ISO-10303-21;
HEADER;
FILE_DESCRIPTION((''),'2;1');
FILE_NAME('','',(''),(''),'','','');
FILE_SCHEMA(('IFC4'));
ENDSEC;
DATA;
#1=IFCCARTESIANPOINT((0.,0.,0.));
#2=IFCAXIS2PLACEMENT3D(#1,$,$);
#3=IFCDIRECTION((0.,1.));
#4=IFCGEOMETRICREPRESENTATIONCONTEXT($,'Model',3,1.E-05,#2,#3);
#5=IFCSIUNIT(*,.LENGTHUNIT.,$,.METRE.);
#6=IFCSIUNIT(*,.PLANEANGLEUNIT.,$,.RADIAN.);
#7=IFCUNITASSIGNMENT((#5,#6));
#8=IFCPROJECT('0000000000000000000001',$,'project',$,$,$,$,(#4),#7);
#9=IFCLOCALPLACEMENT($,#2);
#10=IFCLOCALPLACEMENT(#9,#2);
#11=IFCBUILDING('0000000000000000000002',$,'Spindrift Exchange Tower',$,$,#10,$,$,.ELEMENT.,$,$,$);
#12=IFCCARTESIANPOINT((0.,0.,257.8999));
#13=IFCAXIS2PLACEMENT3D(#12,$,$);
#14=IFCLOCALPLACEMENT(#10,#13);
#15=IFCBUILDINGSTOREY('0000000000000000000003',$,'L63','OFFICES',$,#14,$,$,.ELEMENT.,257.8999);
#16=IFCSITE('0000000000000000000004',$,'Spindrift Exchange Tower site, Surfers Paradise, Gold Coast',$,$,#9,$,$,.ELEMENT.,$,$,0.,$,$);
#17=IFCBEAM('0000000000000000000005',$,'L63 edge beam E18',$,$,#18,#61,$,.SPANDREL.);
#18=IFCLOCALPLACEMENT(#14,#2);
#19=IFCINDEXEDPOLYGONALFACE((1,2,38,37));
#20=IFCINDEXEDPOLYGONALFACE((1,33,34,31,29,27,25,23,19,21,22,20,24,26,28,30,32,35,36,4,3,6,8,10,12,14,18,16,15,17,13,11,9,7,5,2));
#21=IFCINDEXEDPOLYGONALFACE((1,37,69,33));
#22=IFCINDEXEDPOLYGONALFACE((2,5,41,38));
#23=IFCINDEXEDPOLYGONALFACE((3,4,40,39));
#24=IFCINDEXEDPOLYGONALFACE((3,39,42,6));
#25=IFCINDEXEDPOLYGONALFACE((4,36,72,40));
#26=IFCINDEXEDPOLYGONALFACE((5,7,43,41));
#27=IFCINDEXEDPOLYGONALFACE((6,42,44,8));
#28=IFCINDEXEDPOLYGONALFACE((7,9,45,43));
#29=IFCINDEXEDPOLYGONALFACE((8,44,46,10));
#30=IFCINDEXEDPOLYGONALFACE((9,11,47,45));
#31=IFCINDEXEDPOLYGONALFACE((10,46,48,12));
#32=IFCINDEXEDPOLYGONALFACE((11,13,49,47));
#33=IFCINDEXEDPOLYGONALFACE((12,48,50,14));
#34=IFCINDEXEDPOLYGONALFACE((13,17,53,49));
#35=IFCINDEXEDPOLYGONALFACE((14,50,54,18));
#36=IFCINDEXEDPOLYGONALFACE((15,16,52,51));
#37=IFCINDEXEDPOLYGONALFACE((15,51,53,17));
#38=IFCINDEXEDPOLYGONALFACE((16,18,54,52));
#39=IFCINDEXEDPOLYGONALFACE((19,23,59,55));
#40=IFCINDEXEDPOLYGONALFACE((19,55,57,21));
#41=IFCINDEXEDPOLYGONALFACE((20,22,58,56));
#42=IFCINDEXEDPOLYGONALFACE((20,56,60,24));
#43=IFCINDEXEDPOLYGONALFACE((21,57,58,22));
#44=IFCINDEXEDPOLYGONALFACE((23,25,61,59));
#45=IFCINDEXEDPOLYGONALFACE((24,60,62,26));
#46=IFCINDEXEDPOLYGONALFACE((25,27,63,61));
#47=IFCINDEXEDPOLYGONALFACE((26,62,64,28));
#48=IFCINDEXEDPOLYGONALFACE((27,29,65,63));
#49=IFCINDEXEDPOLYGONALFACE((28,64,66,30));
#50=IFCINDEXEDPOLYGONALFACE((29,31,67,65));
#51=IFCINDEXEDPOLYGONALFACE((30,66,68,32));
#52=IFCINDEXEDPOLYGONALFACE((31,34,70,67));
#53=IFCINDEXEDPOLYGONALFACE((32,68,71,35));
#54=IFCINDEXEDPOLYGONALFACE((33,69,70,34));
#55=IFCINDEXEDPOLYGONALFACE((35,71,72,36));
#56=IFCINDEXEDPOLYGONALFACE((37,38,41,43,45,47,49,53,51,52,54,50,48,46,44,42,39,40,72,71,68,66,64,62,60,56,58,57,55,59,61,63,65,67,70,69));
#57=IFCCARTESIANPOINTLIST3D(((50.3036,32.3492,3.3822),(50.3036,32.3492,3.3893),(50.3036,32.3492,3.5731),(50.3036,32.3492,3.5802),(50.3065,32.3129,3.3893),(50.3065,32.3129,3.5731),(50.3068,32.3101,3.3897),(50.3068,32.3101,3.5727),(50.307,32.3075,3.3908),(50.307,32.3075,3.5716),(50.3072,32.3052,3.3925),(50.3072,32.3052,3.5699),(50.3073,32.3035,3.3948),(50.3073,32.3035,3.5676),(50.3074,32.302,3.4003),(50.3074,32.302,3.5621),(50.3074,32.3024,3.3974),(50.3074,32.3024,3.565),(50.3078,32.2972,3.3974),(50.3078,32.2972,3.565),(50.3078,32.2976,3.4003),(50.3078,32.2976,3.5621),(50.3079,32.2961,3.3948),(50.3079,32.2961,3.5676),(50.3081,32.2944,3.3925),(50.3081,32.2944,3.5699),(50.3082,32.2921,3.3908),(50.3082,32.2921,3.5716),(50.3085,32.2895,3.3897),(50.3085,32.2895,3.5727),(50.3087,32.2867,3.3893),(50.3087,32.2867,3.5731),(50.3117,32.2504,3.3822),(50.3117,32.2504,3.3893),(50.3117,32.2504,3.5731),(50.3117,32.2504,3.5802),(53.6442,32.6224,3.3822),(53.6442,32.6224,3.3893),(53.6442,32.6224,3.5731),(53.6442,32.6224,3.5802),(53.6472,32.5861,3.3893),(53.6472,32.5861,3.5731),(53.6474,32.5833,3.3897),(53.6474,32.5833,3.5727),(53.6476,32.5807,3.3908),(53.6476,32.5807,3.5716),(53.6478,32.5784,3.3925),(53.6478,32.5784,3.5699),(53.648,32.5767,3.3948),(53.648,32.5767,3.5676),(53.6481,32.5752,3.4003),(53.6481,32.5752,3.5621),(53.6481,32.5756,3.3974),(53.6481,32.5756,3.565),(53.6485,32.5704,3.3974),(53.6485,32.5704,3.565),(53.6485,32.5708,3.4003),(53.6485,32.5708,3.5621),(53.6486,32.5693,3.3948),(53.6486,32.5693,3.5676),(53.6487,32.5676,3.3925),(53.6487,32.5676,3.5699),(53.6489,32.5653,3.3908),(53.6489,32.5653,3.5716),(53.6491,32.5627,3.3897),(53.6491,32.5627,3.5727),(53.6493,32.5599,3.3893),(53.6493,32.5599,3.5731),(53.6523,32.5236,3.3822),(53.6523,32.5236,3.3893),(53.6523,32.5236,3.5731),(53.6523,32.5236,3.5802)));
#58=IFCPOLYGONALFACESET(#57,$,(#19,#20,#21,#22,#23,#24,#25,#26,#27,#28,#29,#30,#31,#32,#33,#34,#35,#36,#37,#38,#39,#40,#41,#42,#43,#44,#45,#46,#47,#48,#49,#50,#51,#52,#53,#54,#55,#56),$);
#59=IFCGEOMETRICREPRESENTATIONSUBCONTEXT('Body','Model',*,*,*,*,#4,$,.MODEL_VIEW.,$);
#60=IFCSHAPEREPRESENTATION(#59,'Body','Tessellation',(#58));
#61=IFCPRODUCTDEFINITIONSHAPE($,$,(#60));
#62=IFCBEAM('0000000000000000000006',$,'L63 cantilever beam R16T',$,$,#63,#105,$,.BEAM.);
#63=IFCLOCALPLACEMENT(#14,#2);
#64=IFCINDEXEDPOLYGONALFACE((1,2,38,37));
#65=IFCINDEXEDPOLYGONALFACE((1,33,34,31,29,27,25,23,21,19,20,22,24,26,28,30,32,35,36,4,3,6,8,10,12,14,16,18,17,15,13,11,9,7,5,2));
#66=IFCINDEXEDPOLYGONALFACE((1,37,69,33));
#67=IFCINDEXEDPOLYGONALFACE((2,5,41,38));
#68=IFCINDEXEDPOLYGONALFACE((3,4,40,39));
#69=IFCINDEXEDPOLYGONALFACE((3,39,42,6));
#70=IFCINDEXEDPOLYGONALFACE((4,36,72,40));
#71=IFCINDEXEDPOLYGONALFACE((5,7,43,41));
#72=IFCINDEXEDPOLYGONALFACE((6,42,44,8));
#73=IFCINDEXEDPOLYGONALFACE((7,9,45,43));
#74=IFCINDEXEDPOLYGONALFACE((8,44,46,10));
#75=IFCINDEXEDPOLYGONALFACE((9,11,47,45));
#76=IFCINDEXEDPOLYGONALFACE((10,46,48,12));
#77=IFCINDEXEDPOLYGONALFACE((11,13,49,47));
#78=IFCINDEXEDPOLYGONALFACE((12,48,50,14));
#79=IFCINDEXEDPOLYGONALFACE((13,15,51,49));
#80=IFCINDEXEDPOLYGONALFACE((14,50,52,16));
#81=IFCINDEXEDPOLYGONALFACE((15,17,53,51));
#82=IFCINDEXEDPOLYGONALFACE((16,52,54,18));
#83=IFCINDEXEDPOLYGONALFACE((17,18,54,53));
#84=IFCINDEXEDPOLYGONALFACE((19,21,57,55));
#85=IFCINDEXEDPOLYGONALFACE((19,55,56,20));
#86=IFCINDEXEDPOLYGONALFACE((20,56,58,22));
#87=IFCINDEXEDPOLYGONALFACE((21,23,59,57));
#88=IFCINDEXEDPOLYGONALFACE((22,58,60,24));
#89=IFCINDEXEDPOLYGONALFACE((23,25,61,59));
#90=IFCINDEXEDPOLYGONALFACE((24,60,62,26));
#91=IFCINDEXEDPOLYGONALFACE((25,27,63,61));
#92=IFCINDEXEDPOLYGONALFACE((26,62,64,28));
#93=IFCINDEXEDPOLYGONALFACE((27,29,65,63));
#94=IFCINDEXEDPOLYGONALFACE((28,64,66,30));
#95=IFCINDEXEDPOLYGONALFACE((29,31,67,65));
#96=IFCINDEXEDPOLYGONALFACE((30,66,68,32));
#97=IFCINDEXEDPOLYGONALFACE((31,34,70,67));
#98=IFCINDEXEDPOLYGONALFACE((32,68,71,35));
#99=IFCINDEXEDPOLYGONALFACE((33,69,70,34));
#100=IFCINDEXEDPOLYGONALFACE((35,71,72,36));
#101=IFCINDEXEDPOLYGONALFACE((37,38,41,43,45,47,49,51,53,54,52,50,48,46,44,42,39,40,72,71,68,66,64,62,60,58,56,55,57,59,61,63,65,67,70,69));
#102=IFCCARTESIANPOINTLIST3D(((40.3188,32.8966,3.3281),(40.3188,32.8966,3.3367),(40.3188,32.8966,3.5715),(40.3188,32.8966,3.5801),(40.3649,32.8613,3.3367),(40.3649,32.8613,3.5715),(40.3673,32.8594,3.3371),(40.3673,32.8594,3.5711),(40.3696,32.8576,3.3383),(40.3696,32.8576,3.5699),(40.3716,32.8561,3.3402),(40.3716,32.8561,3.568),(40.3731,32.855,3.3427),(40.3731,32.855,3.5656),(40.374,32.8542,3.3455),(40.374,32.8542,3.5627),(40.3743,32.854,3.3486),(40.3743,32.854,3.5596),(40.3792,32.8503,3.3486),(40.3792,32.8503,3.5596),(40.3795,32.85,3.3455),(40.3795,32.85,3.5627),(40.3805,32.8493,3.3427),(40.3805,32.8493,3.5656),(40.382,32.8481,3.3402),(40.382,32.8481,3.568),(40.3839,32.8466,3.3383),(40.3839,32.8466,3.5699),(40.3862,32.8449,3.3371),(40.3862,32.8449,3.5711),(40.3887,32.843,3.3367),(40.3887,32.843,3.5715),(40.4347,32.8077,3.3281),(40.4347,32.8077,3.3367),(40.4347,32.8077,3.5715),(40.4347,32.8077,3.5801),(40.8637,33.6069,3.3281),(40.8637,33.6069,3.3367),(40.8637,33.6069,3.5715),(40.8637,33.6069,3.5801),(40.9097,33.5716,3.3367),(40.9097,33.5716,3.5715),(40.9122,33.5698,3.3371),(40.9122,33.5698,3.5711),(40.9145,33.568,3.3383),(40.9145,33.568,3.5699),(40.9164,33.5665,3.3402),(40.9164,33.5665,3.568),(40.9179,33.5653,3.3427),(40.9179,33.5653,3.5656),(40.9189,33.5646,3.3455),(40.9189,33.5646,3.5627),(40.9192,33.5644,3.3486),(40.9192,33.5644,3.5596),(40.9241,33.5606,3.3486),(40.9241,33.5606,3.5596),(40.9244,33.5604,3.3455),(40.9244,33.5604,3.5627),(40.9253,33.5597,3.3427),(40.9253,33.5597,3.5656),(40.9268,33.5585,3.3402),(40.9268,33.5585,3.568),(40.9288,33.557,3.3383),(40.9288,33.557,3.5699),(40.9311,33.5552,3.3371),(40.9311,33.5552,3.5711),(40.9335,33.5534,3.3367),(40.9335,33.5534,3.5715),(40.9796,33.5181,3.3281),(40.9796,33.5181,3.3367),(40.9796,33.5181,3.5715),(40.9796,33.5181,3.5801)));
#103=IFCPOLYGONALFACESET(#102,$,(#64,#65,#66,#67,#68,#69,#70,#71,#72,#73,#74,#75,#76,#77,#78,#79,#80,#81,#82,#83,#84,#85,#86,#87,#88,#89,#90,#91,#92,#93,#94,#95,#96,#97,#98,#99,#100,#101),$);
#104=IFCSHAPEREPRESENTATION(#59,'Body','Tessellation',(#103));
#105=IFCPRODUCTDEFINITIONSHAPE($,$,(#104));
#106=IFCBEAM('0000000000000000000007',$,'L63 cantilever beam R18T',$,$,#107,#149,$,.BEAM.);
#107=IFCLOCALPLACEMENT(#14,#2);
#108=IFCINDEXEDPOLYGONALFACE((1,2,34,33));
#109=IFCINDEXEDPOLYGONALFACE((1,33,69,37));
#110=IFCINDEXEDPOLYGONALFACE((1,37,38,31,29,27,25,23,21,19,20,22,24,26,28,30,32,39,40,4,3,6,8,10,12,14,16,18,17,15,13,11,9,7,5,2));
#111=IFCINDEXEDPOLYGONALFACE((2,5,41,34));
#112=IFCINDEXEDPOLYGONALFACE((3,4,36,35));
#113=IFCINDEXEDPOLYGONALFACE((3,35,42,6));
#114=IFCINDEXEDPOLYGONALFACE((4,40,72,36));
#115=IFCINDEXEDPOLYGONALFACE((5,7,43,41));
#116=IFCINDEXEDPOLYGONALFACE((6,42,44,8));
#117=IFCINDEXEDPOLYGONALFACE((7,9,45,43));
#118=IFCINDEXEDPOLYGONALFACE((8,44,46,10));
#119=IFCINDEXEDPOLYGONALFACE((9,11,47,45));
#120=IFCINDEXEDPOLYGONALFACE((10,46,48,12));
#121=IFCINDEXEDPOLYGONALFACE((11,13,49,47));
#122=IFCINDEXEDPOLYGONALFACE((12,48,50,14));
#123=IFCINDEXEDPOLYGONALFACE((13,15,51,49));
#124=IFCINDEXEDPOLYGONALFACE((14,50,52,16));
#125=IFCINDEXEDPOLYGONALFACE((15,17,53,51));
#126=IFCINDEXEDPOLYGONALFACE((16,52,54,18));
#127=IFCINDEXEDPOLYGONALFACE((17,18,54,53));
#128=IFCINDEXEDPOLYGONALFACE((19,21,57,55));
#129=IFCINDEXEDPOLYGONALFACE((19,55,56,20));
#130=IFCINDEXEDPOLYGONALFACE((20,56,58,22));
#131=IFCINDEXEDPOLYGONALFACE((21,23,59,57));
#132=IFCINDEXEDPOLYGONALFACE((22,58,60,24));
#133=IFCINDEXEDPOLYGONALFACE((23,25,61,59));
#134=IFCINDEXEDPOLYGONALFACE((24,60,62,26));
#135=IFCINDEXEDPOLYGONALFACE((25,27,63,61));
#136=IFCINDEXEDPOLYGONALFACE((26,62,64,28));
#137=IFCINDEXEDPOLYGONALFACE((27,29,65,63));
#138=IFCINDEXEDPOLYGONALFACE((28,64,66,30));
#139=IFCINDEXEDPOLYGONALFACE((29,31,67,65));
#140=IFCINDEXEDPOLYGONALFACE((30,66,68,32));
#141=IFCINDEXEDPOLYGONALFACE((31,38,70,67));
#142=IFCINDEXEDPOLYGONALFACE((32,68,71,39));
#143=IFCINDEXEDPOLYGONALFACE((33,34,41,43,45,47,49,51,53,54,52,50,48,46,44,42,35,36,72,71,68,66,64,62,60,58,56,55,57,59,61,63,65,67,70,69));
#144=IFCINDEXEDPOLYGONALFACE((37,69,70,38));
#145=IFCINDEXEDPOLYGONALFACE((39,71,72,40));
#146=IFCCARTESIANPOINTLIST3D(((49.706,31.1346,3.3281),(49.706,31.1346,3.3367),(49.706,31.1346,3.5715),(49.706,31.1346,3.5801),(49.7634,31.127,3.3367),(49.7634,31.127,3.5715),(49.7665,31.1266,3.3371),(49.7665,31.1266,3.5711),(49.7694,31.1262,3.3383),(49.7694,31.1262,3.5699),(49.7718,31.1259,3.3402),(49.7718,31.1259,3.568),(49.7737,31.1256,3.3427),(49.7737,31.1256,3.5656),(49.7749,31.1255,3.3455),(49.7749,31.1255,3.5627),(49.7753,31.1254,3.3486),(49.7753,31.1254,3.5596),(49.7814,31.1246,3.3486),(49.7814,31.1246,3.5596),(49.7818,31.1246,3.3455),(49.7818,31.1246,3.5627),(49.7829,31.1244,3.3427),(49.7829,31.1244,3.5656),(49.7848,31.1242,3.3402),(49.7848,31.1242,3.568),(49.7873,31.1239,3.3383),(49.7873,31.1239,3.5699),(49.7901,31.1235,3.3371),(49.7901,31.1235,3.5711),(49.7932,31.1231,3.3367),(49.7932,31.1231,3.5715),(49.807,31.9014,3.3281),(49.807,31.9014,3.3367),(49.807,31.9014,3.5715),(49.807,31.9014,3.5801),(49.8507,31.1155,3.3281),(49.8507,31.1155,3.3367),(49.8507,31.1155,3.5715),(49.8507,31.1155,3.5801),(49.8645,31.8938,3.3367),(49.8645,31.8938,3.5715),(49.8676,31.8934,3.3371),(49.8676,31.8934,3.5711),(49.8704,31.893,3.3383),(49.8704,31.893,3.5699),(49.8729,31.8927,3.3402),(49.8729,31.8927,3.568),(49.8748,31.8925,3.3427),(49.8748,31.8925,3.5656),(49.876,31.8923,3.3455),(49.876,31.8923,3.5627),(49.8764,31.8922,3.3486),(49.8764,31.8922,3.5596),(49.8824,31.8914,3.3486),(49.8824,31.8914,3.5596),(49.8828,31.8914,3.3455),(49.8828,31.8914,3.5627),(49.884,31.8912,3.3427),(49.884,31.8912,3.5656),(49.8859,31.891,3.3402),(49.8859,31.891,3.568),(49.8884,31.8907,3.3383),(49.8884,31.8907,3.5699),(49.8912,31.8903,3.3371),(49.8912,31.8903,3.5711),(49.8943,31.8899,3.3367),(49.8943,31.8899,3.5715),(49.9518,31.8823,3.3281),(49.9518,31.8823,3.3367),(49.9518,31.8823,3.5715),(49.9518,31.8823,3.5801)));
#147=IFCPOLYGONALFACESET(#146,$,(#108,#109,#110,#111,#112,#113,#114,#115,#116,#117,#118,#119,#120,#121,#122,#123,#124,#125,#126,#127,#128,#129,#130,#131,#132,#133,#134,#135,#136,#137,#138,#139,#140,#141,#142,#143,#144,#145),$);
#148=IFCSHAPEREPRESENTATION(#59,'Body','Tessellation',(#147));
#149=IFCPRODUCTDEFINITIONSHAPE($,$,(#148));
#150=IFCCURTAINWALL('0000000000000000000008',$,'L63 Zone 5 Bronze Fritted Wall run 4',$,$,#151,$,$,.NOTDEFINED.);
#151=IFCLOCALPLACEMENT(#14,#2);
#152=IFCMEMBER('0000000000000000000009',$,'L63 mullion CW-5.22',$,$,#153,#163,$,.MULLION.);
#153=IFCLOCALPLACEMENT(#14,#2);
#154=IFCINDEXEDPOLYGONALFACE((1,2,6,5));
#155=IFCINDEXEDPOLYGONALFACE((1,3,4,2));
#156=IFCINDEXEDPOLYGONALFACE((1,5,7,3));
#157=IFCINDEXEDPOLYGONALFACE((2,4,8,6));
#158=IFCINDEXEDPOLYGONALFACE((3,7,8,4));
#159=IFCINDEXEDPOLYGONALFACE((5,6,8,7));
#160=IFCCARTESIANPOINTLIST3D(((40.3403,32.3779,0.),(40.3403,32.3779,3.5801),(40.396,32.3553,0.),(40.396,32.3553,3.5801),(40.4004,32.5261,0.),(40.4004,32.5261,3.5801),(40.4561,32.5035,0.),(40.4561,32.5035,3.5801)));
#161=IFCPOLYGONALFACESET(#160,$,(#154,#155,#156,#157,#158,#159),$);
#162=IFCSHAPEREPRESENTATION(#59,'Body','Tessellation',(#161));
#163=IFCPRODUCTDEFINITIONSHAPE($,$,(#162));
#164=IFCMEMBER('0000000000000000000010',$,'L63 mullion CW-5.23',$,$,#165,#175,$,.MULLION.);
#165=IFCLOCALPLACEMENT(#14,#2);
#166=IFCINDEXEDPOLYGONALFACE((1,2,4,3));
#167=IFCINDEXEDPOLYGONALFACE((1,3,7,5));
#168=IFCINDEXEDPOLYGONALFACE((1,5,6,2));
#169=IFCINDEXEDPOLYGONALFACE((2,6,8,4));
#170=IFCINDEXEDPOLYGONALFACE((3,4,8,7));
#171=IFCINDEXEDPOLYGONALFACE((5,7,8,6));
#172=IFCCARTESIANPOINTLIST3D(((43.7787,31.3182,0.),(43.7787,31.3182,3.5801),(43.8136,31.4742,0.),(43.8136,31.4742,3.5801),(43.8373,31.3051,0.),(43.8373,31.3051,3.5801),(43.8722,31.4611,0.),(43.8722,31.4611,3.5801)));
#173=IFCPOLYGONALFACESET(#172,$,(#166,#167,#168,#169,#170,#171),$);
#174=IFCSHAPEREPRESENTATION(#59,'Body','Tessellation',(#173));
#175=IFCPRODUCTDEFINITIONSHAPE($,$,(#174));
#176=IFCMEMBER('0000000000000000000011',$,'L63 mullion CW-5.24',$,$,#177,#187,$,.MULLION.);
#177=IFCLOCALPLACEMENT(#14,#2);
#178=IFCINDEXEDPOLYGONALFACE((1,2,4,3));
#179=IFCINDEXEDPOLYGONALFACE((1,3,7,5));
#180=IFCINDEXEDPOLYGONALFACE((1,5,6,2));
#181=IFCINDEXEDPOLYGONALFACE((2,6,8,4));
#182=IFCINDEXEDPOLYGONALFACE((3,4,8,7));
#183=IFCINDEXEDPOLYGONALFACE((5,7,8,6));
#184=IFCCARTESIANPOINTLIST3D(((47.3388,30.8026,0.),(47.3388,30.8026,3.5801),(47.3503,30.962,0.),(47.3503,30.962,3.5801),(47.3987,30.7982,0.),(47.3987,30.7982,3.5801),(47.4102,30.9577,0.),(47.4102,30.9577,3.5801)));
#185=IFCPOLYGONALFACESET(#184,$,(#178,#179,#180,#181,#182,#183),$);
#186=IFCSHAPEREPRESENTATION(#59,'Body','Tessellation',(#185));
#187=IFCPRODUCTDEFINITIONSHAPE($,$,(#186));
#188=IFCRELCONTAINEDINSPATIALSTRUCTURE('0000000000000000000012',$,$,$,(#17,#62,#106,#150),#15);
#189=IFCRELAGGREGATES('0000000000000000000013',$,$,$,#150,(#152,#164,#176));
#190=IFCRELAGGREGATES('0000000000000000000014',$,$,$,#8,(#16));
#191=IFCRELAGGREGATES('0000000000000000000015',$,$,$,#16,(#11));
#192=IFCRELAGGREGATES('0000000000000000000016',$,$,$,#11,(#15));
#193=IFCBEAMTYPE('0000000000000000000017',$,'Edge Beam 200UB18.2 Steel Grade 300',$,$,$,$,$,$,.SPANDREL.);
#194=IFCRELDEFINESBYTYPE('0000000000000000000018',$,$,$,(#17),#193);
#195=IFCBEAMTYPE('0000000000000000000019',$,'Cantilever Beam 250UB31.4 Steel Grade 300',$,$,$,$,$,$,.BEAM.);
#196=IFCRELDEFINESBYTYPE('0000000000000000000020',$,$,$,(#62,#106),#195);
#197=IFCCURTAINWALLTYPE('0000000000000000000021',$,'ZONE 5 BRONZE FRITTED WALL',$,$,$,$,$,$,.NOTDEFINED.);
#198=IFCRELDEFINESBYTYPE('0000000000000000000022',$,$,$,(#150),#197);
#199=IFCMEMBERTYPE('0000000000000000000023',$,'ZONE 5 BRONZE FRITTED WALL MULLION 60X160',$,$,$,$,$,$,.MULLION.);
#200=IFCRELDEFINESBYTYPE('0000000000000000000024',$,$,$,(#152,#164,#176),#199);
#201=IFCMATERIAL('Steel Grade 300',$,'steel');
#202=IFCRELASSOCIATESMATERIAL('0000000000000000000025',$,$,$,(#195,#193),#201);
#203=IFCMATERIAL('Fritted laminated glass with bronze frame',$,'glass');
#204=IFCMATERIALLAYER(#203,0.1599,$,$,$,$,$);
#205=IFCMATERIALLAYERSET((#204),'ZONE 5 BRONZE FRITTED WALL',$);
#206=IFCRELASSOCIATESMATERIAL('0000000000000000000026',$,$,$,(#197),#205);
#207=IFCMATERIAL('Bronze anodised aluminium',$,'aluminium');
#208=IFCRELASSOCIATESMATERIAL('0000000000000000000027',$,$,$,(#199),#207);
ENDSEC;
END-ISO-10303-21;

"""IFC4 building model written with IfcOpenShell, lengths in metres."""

from ifc_helpers import new_model, si_unit, direction, frame, origin, origin_2d, place, context, subcontext, project, spatial, rectangle, i_section, extrude, source, transform, mapped, material, layer, layer_set, material_profile, profile_set, type_object, element, aggregate, save


model = new_model("IFC4")

# Units and contexts
model_context = context("Model", 3, precision=1e-05, world=origin(), true_north=direction((0.0, 1.0)))
body_context = subcontext(model_context, "Body", "Model", "MODEL_VIEW")
ifc_project = project(units=[si_unit("LENGTHUNIT", "METRE"), si_unit("PLANEANGLEUNIT", "RADIAN")], contexts=[model_context])

# Site, building, storey
site_placement = place(None, origin())
site = spatial("IfcSite", under=ifc_project, at=site_placement, Name="Spindrift Exchange Tower site, Surfers Paradise, Gold Coast", CompositionType="ELEMENT", RefElevation=0.0)
building_placement = place(site_placement, origin())
building = spatial("IfcBuilding", under=site, at=building_placement, Name="Spindrift Exchange Tower", CompositionType="ELEMENT")
storey_placement = place(building_placement, frame((0.0, 0.0, 257.8999)))
storey = spatial("IfcBuildingStorey", under=building, at=storey_placement, Name="L63", Description="OFFICES", CompositionType="ELEMENT", Elevation=257.8999)

# Beams
ifc_material_1 = material(Name="Steel Grade 300", Category="steel")
ifc_material_profile_1 = material_profile(ifc_material_1, i_section(OverallWidth=0.146, OverallDepth=0.252, WebThickness=0.0061, FlangeThickness=0.0085, FilletRadius=0.012, at=origin_2d()), Name="250UB31.4")
ifc_profile_set_1 = profile_set([ifc_material_profile_1], Name="Steel Grade 300")
beam_type_1 = type_object("IfcBeamType", Name="Cantilever Beam 250UB31.4 Steel Grade 300", PredefinedType="BEAM", material=ifc_profile_set_1)
ifc_material_profile_2 = material_profile(ifc_material_1, i_section(OverallWidth=0.0991, OverallDepth=0.198, WebThickness=0.0044, FlangeThickness=0.0071, FilletRadius=0.011, at=origin_2d()), Name="200UB18.2")
ifc_profile_set_2 = profile_set([ifc_material_profile_2], Name="Steel Grade 300")
beam_type_2 = type_object("IfcBeamType", Name="Edge Beam 200UB18.2 Steel Grade 300", PredefinedType="SPANDREL", material=ifc_profile_set_2)
shared_shape_1 = source(origin(), body_context, "Body", "SweptSolid", [
    extrude(i_section(OverallWidth=0.0991, OverallDepth=0.198, WebThickness=0.0044, FlangeThickness=0.0071, FilletRadius=0.011, at=origin_2d()), origin(), (0.0, 0.0, 1.0), 3.3518),
])
beam_1_placement = place(storey_placement, frame((50.3076, 32.2998, 3.4812), z_axis=(0.996673, 0.081508, 0.0), x_axis=(-0.081508, 0.996673, 0.0)))
element("IfcBeam", 1, at=beam_1_placement, inside=storey, type_object=beam_type_2, Name="L63 edge beam E18", PredefinedType="SPANDREL", context=body_context, shape_type="MappedRepresentation", body=[
    mapped(shared_shape_1, transform((0.0, 0.0, 0.0), scale=1.0)),
])
shared_shape_2 = source(origin(), body_context, "Body", "SweptSolid", [
    extrude(i_section(OverallWidth=0.146, OverallDepth=0.252, WebThickness=0.0061, FlangeThickness=0.0085, FilletRadius=0.012, at=origin_2d()), origin(), (0.0, 0.0, 1.0), 0.8953),
])
beam_2_placement = place(storey_placement, frame((40.9216, 33.5625, 3.4541), z_axis=(-0.608603, -0.793475, 0.0), x_axis=(0.793475, -0.608603, 0.0)))
element("IfcBeam", 2, at=beam_2_placement, inside=storey, type_object=beam_type_1, Name="L63 cantilever beam R16T", PredefinedType="BEAM", context=body_context, shape_type="MappedRepresentation", body=[
    mapped(shared_shape_2, transform((0.0, 0.0, 0.0), scale=1.0)),
])
shared_shape_3 = source(origin(), body_context, "Body", "SweptSolid", [
    extrude(i_section(OverallWidth=0.146, OverallDepth=0.252, WebThickness=0.0061, FlangeThickness=0.0085, FilletRadius=0.012, at=origin_2d()), origin(), (0.0, 0.0, 1.0), 0.7734),
])
beam_3_placement = place(storey_placement, frame((49.8794, 31.8918, 3.4541), z_axis=(-0.130675, -0.991425, 0.0), x_axis=(0.991425, -0.130675, 0.0)))
element("IfcBeam", 3, at=beam_3_placement, inside=storey, type_object=beam_type_1, Name="L63 cantilever beam R18T", PredefinedType="BEAM", context=body_context, shape_type="MappedRepresentation", body=[
    mapped(shared_shape_3, transform((0.0, 0.0, 0.0), scale=1.0)),
])

# Curtain wall, members
ifc_material_2 = material(Name="Fritted laminated glass with bronze frame", Category="glass")
ifc_layer_1 = layer(ifc_material_2, 0.1599)
ifc_layer_set_1 = layer_set([ifc_layer_1], Name="ZONE 5 BRONZE FRITTED WALL")
curtain_wall_type = type_object("IfcCurtainWallType", Name="ZONE 5 BRONZE FRITTED WALL", PredefinedType="NOTDEFINED", material=ifc_layer_set_1)
curtain_wall_placement = place(storey_placement, origin())
curtain_wall = element("IfcCurtainWall", 4, at=curtain_wall_placement, inside=storey, type_object=curtain_wall_type, Name="L63 Zone 5 Bronze Fritted Wall run 4", PredefinedType="NOTDEFINED")
ifc_material_3 = material(Name="Bronze anodised aluminium", Category="aluminium")
ifc_material_profile_3 = material_profile(ifc_material_3, rectangle(XDim=0.0601, YDim=0.1599, at=origin_2d()), Name="ZONE 5 BRONZE FRITTED WALL MULLION 60X160")
ifc_profile_set_3 = profile_set([ifc_material_profile_3], Name="Bronze anodised aluminium")
member_type_1 = type_object("IfcMemberType", Name="ZONE 5 BRONZE FRITTED WALL MULLION 60X160", PredefinedType="MULLION", material=ifc_profile_set_3)
shared_shape_4 = source(origin(), body_context, "Body", "SweptSolid", [
    extrude(rectangle(XDim=0.0601, YDim=0.1599, at=origin_2d()), origin(), (0.0, 0.0, 1.0), 3.5801),
])
member_1_placement = place(storey_placement, frame((40.3982, 32.4407, 0.0), z_axis=(0.0, 0.0, 1.0), x_axis=(0.926596, -0.376059, 0.0)))
member_1 = element("IfcMember", 5, at=member_1_placement, type_object=member_type_1, Name="L63 mullion CW-5.22", PredefinedType="MULLION", context=body_context, shape_type="MappedRepresentation", body=[
    mapped(shared_shape_4, transform((0.0, 0.0, 0.0), scale=1.0)),
])
member_2_placement = place(storey_placement, frame((43.8254, 31.3896, 0.0), z_axis=(0.0, 0.0, 1.0), x_axis=(0.975882, -0.218299, 0.0)))
member_2 = element("IfcMember", 6, at=member_2_placement, type_object=member_type_1, Name="L63 mullion CW-5.23", PredefinedType="MULLION", context=body_context, shape_type="MappedRepresentation", body=[
    mapped(shared_shape_4, transform((0.0, 0.0, 0.0), scale=1.0)),
])
member_3_placement = place(storey_placement, frame((47.3745, 30.8801, 0.0), z_axis=(0.0, 0.0, 1.0), x_axis=(0.997384, -0.072288, 0.0)))
member_3 = element("IfcMember", 7, at=member_3_placement, type_object=member_type_1, Name="L63 mullion CW-5.24", PredefinedType="MULLION", context=body_context, shape_type="MappedRepresentation", body=[
    mapped(shared_shape_4, transform((0.0, 0.0, 0.0), scale=1.0)),
])
aggregate(curtain_wall, [member_1, member_2, member_3])

save(model, "model.ifc")
